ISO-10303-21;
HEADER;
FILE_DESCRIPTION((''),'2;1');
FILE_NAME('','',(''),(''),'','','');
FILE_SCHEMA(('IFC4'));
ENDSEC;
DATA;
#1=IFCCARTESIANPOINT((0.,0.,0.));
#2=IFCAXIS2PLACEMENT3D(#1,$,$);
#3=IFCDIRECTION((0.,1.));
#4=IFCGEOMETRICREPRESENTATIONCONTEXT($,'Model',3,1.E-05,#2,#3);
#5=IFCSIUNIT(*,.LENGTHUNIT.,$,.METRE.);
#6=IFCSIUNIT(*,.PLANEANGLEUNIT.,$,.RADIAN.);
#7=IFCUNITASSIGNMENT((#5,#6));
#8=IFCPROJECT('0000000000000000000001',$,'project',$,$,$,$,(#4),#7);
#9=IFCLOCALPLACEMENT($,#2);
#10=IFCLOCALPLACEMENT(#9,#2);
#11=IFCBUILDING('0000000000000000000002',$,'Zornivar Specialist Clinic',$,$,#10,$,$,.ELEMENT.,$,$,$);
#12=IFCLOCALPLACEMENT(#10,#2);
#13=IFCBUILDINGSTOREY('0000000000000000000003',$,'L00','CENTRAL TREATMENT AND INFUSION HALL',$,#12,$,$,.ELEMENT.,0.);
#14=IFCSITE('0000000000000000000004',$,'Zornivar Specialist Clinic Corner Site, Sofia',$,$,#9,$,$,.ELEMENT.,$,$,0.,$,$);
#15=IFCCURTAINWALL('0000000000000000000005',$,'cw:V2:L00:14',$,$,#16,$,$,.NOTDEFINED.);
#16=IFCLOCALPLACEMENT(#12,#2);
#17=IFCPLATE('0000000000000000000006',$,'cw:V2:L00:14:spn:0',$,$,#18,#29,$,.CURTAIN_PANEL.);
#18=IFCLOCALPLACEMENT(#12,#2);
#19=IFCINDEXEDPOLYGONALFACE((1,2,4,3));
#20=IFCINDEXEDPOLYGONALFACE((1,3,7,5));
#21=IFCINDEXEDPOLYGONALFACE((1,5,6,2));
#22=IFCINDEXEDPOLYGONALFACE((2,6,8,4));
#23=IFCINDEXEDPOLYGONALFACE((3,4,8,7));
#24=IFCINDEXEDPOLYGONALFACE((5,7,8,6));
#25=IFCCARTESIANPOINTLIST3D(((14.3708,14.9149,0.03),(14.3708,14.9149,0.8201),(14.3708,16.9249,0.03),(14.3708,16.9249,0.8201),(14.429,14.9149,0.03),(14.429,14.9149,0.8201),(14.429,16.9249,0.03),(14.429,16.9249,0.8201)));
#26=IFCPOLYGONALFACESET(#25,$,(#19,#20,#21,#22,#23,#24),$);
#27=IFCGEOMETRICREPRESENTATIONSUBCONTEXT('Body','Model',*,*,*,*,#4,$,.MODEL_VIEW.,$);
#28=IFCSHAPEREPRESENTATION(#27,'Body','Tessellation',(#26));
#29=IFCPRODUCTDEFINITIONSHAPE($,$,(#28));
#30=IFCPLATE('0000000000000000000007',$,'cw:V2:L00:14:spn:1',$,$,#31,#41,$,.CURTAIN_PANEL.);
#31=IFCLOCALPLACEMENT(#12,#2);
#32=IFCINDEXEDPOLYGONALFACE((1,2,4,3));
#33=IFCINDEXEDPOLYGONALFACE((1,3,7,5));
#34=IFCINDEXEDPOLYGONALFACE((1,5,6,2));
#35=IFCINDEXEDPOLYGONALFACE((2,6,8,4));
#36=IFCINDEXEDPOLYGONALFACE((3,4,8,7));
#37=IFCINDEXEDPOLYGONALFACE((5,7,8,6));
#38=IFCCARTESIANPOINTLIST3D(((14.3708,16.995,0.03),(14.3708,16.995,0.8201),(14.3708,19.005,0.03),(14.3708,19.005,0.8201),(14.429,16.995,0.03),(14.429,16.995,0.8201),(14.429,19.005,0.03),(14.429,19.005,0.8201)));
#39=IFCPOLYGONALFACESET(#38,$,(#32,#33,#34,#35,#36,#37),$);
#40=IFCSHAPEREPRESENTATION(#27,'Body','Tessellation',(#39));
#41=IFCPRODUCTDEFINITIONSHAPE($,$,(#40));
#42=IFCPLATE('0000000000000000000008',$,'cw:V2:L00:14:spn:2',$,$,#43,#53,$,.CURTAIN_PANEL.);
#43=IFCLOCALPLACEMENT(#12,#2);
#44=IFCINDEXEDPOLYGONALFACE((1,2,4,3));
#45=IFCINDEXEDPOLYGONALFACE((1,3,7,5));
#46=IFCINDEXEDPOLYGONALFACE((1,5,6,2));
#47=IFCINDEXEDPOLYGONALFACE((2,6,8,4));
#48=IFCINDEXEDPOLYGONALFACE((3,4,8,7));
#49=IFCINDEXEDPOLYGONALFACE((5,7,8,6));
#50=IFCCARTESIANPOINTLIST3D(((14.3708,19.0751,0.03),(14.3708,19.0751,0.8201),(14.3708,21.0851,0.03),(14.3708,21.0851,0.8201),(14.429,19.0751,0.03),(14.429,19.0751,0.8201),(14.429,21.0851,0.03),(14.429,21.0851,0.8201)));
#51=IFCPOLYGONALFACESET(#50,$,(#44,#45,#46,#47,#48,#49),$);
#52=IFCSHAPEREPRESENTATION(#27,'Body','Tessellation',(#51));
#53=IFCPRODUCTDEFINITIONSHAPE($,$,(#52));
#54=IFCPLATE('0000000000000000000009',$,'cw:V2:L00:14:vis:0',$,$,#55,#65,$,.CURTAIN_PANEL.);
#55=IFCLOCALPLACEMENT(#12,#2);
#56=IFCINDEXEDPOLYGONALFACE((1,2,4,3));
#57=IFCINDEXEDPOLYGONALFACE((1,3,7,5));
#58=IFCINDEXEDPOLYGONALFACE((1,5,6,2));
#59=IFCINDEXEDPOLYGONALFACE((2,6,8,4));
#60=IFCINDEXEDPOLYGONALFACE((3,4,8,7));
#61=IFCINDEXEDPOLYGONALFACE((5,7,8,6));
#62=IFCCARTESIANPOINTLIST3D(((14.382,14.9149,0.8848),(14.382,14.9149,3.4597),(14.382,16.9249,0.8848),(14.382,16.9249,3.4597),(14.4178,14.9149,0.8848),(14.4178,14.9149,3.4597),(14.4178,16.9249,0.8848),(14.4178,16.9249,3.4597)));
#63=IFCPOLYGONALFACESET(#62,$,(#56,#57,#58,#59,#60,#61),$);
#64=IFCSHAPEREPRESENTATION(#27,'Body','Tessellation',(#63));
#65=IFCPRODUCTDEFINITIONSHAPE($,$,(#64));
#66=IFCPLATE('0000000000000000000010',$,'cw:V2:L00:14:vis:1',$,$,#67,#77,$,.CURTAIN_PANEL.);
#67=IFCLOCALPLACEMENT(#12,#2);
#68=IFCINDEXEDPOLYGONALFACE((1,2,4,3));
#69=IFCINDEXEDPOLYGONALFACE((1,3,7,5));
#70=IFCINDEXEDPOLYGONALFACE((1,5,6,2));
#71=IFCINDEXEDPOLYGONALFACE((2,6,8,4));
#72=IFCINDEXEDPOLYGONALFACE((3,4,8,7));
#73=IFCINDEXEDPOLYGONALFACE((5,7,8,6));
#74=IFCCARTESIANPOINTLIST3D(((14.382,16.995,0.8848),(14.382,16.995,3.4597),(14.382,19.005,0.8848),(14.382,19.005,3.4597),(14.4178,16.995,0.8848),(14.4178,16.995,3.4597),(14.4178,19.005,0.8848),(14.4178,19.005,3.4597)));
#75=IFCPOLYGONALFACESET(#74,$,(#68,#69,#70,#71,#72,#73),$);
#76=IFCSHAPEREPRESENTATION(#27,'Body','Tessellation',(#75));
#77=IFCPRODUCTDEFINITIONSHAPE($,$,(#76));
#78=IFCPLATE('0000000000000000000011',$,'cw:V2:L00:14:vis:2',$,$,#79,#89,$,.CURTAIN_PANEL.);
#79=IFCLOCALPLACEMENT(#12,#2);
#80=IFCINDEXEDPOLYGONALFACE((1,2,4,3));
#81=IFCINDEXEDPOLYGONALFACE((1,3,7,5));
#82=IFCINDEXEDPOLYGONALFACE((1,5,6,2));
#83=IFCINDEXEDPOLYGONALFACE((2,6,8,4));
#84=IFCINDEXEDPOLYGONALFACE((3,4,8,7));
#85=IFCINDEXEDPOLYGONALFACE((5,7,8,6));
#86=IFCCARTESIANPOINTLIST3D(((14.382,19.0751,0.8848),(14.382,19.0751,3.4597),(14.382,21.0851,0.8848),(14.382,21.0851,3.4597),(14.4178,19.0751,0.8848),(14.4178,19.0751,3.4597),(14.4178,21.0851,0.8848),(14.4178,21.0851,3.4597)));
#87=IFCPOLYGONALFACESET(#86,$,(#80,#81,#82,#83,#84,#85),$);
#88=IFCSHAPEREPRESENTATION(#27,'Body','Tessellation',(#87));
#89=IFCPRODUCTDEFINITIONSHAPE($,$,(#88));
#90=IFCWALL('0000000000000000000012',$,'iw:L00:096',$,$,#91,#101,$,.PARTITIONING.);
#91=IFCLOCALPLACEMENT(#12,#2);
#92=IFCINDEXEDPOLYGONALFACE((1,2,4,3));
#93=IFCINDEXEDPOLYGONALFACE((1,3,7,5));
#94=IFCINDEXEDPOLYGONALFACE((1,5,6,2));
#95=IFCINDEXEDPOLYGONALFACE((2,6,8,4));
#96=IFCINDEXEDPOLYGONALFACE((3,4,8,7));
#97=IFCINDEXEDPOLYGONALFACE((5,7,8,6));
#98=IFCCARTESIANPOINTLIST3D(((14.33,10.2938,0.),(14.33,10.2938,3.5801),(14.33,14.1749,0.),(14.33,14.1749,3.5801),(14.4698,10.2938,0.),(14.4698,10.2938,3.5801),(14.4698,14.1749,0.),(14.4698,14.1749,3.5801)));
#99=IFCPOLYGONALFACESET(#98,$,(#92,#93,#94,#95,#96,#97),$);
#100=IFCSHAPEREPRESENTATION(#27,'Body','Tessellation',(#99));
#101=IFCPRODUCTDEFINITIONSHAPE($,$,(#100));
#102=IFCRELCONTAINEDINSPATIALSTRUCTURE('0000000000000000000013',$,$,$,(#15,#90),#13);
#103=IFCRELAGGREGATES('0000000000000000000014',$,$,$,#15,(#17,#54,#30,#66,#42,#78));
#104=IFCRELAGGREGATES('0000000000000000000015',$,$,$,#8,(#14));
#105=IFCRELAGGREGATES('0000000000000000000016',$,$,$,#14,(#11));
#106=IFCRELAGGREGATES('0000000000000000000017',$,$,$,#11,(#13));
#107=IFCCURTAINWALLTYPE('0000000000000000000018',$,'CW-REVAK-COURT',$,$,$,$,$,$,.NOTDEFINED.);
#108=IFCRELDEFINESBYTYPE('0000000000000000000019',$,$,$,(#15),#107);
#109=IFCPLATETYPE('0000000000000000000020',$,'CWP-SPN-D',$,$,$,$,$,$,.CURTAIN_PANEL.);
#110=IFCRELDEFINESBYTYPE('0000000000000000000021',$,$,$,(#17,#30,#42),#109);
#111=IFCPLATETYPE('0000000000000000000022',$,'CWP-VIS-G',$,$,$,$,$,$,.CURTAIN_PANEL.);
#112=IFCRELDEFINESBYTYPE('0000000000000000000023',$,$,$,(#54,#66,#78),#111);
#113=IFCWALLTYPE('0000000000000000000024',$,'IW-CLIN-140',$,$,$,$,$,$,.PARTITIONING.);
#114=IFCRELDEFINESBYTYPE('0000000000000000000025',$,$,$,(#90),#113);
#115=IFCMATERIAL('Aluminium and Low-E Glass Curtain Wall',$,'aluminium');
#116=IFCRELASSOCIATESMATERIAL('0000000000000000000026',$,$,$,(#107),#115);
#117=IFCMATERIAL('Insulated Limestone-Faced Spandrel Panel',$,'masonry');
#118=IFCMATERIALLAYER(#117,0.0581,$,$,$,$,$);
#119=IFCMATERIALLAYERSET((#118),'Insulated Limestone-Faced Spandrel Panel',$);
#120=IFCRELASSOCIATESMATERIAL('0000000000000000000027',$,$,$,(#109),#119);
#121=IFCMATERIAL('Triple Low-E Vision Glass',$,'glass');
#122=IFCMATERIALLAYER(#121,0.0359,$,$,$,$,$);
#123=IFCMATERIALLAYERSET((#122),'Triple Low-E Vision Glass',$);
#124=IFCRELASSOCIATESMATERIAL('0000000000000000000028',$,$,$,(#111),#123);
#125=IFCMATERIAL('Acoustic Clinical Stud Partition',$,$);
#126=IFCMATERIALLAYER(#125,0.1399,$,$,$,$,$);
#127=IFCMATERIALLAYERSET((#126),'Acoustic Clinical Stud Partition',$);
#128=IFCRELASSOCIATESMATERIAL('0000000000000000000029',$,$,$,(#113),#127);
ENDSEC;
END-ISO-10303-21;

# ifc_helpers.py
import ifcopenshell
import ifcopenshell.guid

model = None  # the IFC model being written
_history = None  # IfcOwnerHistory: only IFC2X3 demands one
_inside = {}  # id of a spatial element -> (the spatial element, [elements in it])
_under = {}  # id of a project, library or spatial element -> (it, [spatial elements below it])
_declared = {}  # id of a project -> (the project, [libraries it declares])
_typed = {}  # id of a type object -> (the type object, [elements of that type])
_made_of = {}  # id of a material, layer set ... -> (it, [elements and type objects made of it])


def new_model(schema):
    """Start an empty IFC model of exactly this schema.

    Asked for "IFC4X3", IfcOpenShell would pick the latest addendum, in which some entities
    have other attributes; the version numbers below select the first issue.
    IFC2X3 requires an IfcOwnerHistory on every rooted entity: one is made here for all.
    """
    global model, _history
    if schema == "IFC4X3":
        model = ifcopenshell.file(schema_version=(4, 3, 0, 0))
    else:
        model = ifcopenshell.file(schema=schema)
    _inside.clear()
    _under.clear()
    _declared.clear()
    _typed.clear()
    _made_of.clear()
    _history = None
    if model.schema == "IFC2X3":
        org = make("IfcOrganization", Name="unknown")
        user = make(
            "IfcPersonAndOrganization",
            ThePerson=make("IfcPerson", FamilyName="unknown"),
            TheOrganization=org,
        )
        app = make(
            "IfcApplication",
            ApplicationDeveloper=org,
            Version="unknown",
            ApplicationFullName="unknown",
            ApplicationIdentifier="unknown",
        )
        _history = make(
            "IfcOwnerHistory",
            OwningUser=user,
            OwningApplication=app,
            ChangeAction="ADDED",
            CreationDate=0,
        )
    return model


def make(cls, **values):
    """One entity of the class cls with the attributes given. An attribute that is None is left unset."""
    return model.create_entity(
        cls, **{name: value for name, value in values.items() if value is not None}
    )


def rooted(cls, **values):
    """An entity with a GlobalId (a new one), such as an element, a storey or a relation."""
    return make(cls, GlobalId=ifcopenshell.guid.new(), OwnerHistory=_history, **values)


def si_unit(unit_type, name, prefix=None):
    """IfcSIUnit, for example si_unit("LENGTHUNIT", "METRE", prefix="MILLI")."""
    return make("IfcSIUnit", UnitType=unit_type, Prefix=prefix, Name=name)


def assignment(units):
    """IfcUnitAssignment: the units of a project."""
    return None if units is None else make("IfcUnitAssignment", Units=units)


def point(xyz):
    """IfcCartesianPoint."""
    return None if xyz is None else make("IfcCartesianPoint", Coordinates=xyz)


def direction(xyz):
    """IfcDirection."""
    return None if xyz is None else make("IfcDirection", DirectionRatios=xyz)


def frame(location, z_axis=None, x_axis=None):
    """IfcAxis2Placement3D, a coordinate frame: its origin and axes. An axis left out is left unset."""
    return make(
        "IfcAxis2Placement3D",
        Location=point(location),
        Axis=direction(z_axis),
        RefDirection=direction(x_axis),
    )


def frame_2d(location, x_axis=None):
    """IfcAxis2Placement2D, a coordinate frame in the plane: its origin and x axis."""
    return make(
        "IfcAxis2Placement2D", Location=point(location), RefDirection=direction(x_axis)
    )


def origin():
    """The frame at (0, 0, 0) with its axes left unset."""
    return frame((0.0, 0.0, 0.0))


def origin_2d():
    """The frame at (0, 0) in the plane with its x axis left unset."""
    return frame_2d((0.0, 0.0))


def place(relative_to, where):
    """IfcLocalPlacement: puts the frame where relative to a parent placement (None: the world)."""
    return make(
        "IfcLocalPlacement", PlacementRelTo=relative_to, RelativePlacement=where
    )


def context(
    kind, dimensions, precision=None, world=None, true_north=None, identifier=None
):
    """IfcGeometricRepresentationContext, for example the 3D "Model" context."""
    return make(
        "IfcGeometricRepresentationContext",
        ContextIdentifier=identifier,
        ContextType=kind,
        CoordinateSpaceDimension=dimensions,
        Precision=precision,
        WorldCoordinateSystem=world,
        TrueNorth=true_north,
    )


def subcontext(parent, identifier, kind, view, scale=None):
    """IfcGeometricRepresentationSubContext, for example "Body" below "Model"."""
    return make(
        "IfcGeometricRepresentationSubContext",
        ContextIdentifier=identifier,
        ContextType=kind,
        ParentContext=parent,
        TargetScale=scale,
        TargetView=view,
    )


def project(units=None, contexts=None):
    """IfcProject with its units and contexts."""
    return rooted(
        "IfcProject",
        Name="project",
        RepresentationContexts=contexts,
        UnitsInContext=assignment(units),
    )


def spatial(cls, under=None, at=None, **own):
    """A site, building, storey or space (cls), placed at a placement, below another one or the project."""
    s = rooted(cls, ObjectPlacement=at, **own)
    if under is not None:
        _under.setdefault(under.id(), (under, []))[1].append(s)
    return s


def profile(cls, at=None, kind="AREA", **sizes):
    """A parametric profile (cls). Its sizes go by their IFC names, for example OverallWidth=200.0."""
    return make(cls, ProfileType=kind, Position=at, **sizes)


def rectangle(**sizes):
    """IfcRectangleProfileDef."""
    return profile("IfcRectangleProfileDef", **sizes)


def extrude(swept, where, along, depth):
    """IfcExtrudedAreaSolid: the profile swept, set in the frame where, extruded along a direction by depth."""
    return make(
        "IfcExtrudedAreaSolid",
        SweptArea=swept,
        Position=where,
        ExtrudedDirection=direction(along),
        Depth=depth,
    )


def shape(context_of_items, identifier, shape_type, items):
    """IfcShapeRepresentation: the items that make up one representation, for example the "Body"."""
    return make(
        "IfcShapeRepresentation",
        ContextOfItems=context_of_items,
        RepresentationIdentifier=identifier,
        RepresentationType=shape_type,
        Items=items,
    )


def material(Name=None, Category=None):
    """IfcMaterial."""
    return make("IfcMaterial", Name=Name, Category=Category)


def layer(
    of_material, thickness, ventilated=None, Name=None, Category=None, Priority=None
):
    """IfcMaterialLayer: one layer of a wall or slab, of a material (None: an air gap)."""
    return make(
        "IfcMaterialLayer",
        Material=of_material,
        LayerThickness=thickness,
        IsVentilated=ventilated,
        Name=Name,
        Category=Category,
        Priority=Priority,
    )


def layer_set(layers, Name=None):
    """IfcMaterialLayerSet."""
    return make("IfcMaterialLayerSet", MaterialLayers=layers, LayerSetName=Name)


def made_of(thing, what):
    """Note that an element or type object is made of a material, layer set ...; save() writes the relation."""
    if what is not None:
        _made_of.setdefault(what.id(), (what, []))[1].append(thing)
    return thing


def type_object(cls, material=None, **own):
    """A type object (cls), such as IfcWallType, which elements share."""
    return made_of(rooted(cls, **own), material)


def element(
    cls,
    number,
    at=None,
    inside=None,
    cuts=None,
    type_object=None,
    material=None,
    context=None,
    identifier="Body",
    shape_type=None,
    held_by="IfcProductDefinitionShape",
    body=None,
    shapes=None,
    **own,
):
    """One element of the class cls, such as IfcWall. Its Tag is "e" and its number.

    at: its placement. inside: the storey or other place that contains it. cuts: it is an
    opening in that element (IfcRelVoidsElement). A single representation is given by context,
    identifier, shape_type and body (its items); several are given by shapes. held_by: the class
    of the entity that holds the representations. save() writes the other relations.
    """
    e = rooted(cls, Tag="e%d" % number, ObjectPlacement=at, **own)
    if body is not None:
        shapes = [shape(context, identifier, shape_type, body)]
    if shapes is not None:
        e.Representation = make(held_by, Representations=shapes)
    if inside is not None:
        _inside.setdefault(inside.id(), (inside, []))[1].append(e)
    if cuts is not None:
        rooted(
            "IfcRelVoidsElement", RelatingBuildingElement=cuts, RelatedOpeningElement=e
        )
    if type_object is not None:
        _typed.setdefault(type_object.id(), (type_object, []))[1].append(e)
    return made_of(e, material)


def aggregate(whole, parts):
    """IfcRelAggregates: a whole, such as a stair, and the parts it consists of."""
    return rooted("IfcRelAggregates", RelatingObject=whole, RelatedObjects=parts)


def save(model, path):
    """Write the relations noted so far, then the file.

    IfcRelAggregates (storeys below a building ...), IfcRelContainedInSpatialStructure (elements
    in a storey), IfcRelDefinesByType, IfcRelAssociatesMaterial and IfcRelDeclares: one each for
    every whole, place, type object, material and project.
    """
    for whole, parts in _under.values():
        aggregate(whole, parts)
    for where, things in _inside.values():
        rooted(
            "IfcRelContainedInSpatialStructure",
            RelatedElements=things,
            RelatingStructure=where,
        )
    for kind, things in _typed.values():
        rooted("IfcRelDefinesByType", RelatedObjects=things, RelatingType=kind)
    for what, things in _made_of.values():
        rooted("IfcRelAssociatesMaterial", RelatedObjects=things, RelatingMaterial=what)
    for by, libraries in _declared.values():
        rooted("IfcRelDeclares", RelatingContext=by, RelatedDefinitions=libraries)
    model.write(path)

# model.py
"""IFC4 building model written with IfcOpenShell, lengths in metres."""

from ifc_helpers import new_model, si_unit, direction, frame, frame_2d, origin, origin_2d, place, context, subcontext, project, spatial, rectangle, extrude, material, layer, layer_set, type_object, element, aggregate, save


model = new_model("IFC4")

# Units and contexts
model_context = context("Model", 3, precision=1e-05, world=origin(), true_north=direction((0.0, 1.0)))
body_context = subcontext(model_context, "Body", "Model", "MODEL_VIEW")
ifc_project = project(units=[si_unit("LENGTHUNIT", "METRE"), si_unit("PLANEANGLEUNIT", "RADIAN")], contexts=[model_context])

# Site, building, storey
site_placement = place(None, origin())
site = spatial("IfcSite", under=ifc_project, at=site_placement, Name="Zornivar Specialist Clinic Corner Site, Sofia", CompositionType="ELEMENT", RefElevation=0.0)
building_placement = place(site_placement, origin())
building = spatial("IfcBuilding", under=site, at=building_placement, Name="Zornivar Specialist Clinic", CompositionType="ELEMENT")
storey_placement = place(building_placement, origin())
storey = spatial("IfcBuildingStorey", under=building, at=storey_placement, Name="L00", Description="CENTRAL TREATMENT AND INFUSION HALL", CompositionType="ELEMENT", Elevation=0.0)

# Curtain wall, plates
ifc_material_1 = material(Name="Aluminium and Low-E Glass Curtain Wall", Category="aluminium")
curtain_wall_type = type_object("IfcCurtainWallType", Name="CW-REVAK-COURT", PredefinedType="NOTDEFINED", material=ifc_material_1)
curtain_wall_placement = place(storey_placement, origin())
curtain_wall = element("IfcCurtainWall", 1, at=curtain_wall_placement, inside=storey, type_object=curtain_wall_type, Name="cw:V2:L00:14", PredefinedType="NOTDEFINED")
ifc_material_2 = material(Name="Insulated Limestone-Faced Spandrel Panel", Category="masonry")
ifc_layer_1 = layer(ifc_material_2, 0.0581)
ifc_layer_set_1 = layer_set([ifc_layer_1], Name="Insulated Limestone-Faced Spandrel Panel")
plate_type_1 = type_object("IfcPlateType", Name="CWP-SPN-D", PredefinedType="CURTAIN_PANEL", material=ifc_layer_set_1)
plate_1_placement = place(storey_placement, frame((14.3999, 15.9199, 0.03), z_axis=(0.0, 0.0, 1.0), x_axis=(0.0, 1.0, 0.0)))
plate_1 = element("IfcPlate", 2, at=plate_1_placement, type_object=plate_type_1, Name="cw:V2:L00:14:spn:0", PredefinedType="CURTAIN_PANEL", context=body_context, shape_type="SweptSolid", body=[
    extrude(rectangle(XDim=2.01, YDim=0.0581, at=origin_2d()), origin(), (0.0, 0.0, 1.0), 0.79),
])
plate_2_placement = place(storey_placement, frame((14.3999, 18.0, 0.03), z_axis=(0.0, 0.0, 1.0), x_axis=(0.0, 1.0, 0.0)))
plate_2 = element("IfcPlate", 3, at=plate_2_placement, type_object=plate_type_1, Name="cw:V2:L00:14:spn:1", PredefinedType="CURTAIN_PANEL", context=body_context, shape_type="SweptSolid", body=[
    extrude(rectangle(XDim=2.01, YDim=0.0581, at=origin_2d()), origin(), (0.0, 0.0, 1.0), 0.79),
])
plate_3_placement = place(storey_placement, frame((14.3999, 20.0801, 0.03), z_axis=(0.0, 0.0, 1.0), x_axis=(0.0, 1.0, 0.0)))
plate_3 = element("IfcPlate", 4, at=plate_3_placement, type_object=plate_type_1, Name="cw:V2:L00:14:spn:2", PredefinedType="CURTAIN_PANEL", context=body_context, shape_type="SweptSolid", body=[
    extrude(rectangle(XDim=2.01, YDim=0.0581, at=origin_2d()), origin(), (0.0, 0.0, 1.0), 0.79),
])
ifc_material_3 = material(Name="Triple Low-E Vision Glass", Category="glass")
ifc_layer_2 = layer(ifc_material_3, 0.0359)
ifc_layer_set_2 = layer_set([ifc_layer_2], Name="Triple Low-E Vision Glass")
plate_type_2 = type_object("IfcPlateType", Name="CWP-VIS-G", PredefinedType="CURTAIN_PANEL", material=ifc_layer_set_2)
plate_4_placement = place(storey_placement, frame((14.3999, 15.9199, 0.8848), z_axis=(0.0, 0.0, 1.0), x_axis=(0.0, 1.0, 0.0)))
plate_4 = element("IfcPlate", 5, at=plate_4_placement, type_object=plate_type_2, Name="cw:V2:L00:14:vis:0", PredefinedType="CURTAIN_PANEL", context=body_context, shape_type="SweptSolid", body=[
    extrude(rectangle(XDim=2.01, YDim=0.0359, at=origin_2d()), origin(), (0.0, 0.0, 1.0), 2.575),
])
plate_5_placement = place(storey_placement, frame((14.3999, 18.0, 0.8848), z_axis=(0.0, 0.0, 1.0), x_axis=(0.0, 1.0, 0.0)))
plate_5 = element("IfcPlate", 6, at=plate_5_placement, type_object=plate_type_2, Name="cw:V2:L00:14:vis:1", PredefinedType="CURTAIN_PANEL", context=body_context, shape_type="SweptSolid", body=[
    extrude(rectangle(XDim=2.01, YDim=0.0359, at=origin_2d()), origin(), (0.0, 0.0, 1.0), 2.575),
])
plate_6_placement = place(storey_placement, frame((14.3999, 20.0801, 0.8848), z_axis=(0.0, 0.0, 1.0), x_axis=(0.0, 1.0, 0.0)))
plate_6 = element("IfcPlate", 7, at=plate_6_placement, type_object=plate_type_2, Name="cw:V2:L00:14:vis:2", PredefinedType="CURTAIN_PANEL", context=body_context, shape_type="SweptSolid", body=[
    extrude(rectangle(XDim=2.01, YDim=0.0359, at=origin_2d()), origin(), (0.0, 0.0, 1.0), 2.575),
])
aggregate(curtain_wall, [plate_1, plate_4, plate_2, plate_5, plate_3, plate_6])

# Wall
ifc_material_4 = material(Name="Acoustic Clinical Stud Partition")
ifc_layer_3 = layer(ifc_material_4, 0.1399)
ifc_layer_set_3 = layer_set([ifc_layer_3], Name="Acoustic Clinical Stud Partition")
wall_type = type_object("IfcWallType", Name="IW-CLIN-140", PredefinedType="PARTITIONING", material=ifc_layer_set_3)
wall_placement = place(storey_placement, frame((14.3999, 10.2939, 0.0), z_axis=(0.0, 0.0, 1.0), x_axis=(0.0, 1.0, 0.0)))
element("IfcWall", 8, at=wall_placement, inside=storey, type_object=wall_type, Name="iw:L00:096", PredefinedType="PARTITIONING", context=body_context, shape_type="SweptSolid", body=[
    extrude(rectangle(XDim=3.8811, YDim=0.1399, at=frame_2d((1.9404, 0.0))), origin(), (0.0, 0.0, 1.0), 3.5801),
])

save(model, "model.ifc")
